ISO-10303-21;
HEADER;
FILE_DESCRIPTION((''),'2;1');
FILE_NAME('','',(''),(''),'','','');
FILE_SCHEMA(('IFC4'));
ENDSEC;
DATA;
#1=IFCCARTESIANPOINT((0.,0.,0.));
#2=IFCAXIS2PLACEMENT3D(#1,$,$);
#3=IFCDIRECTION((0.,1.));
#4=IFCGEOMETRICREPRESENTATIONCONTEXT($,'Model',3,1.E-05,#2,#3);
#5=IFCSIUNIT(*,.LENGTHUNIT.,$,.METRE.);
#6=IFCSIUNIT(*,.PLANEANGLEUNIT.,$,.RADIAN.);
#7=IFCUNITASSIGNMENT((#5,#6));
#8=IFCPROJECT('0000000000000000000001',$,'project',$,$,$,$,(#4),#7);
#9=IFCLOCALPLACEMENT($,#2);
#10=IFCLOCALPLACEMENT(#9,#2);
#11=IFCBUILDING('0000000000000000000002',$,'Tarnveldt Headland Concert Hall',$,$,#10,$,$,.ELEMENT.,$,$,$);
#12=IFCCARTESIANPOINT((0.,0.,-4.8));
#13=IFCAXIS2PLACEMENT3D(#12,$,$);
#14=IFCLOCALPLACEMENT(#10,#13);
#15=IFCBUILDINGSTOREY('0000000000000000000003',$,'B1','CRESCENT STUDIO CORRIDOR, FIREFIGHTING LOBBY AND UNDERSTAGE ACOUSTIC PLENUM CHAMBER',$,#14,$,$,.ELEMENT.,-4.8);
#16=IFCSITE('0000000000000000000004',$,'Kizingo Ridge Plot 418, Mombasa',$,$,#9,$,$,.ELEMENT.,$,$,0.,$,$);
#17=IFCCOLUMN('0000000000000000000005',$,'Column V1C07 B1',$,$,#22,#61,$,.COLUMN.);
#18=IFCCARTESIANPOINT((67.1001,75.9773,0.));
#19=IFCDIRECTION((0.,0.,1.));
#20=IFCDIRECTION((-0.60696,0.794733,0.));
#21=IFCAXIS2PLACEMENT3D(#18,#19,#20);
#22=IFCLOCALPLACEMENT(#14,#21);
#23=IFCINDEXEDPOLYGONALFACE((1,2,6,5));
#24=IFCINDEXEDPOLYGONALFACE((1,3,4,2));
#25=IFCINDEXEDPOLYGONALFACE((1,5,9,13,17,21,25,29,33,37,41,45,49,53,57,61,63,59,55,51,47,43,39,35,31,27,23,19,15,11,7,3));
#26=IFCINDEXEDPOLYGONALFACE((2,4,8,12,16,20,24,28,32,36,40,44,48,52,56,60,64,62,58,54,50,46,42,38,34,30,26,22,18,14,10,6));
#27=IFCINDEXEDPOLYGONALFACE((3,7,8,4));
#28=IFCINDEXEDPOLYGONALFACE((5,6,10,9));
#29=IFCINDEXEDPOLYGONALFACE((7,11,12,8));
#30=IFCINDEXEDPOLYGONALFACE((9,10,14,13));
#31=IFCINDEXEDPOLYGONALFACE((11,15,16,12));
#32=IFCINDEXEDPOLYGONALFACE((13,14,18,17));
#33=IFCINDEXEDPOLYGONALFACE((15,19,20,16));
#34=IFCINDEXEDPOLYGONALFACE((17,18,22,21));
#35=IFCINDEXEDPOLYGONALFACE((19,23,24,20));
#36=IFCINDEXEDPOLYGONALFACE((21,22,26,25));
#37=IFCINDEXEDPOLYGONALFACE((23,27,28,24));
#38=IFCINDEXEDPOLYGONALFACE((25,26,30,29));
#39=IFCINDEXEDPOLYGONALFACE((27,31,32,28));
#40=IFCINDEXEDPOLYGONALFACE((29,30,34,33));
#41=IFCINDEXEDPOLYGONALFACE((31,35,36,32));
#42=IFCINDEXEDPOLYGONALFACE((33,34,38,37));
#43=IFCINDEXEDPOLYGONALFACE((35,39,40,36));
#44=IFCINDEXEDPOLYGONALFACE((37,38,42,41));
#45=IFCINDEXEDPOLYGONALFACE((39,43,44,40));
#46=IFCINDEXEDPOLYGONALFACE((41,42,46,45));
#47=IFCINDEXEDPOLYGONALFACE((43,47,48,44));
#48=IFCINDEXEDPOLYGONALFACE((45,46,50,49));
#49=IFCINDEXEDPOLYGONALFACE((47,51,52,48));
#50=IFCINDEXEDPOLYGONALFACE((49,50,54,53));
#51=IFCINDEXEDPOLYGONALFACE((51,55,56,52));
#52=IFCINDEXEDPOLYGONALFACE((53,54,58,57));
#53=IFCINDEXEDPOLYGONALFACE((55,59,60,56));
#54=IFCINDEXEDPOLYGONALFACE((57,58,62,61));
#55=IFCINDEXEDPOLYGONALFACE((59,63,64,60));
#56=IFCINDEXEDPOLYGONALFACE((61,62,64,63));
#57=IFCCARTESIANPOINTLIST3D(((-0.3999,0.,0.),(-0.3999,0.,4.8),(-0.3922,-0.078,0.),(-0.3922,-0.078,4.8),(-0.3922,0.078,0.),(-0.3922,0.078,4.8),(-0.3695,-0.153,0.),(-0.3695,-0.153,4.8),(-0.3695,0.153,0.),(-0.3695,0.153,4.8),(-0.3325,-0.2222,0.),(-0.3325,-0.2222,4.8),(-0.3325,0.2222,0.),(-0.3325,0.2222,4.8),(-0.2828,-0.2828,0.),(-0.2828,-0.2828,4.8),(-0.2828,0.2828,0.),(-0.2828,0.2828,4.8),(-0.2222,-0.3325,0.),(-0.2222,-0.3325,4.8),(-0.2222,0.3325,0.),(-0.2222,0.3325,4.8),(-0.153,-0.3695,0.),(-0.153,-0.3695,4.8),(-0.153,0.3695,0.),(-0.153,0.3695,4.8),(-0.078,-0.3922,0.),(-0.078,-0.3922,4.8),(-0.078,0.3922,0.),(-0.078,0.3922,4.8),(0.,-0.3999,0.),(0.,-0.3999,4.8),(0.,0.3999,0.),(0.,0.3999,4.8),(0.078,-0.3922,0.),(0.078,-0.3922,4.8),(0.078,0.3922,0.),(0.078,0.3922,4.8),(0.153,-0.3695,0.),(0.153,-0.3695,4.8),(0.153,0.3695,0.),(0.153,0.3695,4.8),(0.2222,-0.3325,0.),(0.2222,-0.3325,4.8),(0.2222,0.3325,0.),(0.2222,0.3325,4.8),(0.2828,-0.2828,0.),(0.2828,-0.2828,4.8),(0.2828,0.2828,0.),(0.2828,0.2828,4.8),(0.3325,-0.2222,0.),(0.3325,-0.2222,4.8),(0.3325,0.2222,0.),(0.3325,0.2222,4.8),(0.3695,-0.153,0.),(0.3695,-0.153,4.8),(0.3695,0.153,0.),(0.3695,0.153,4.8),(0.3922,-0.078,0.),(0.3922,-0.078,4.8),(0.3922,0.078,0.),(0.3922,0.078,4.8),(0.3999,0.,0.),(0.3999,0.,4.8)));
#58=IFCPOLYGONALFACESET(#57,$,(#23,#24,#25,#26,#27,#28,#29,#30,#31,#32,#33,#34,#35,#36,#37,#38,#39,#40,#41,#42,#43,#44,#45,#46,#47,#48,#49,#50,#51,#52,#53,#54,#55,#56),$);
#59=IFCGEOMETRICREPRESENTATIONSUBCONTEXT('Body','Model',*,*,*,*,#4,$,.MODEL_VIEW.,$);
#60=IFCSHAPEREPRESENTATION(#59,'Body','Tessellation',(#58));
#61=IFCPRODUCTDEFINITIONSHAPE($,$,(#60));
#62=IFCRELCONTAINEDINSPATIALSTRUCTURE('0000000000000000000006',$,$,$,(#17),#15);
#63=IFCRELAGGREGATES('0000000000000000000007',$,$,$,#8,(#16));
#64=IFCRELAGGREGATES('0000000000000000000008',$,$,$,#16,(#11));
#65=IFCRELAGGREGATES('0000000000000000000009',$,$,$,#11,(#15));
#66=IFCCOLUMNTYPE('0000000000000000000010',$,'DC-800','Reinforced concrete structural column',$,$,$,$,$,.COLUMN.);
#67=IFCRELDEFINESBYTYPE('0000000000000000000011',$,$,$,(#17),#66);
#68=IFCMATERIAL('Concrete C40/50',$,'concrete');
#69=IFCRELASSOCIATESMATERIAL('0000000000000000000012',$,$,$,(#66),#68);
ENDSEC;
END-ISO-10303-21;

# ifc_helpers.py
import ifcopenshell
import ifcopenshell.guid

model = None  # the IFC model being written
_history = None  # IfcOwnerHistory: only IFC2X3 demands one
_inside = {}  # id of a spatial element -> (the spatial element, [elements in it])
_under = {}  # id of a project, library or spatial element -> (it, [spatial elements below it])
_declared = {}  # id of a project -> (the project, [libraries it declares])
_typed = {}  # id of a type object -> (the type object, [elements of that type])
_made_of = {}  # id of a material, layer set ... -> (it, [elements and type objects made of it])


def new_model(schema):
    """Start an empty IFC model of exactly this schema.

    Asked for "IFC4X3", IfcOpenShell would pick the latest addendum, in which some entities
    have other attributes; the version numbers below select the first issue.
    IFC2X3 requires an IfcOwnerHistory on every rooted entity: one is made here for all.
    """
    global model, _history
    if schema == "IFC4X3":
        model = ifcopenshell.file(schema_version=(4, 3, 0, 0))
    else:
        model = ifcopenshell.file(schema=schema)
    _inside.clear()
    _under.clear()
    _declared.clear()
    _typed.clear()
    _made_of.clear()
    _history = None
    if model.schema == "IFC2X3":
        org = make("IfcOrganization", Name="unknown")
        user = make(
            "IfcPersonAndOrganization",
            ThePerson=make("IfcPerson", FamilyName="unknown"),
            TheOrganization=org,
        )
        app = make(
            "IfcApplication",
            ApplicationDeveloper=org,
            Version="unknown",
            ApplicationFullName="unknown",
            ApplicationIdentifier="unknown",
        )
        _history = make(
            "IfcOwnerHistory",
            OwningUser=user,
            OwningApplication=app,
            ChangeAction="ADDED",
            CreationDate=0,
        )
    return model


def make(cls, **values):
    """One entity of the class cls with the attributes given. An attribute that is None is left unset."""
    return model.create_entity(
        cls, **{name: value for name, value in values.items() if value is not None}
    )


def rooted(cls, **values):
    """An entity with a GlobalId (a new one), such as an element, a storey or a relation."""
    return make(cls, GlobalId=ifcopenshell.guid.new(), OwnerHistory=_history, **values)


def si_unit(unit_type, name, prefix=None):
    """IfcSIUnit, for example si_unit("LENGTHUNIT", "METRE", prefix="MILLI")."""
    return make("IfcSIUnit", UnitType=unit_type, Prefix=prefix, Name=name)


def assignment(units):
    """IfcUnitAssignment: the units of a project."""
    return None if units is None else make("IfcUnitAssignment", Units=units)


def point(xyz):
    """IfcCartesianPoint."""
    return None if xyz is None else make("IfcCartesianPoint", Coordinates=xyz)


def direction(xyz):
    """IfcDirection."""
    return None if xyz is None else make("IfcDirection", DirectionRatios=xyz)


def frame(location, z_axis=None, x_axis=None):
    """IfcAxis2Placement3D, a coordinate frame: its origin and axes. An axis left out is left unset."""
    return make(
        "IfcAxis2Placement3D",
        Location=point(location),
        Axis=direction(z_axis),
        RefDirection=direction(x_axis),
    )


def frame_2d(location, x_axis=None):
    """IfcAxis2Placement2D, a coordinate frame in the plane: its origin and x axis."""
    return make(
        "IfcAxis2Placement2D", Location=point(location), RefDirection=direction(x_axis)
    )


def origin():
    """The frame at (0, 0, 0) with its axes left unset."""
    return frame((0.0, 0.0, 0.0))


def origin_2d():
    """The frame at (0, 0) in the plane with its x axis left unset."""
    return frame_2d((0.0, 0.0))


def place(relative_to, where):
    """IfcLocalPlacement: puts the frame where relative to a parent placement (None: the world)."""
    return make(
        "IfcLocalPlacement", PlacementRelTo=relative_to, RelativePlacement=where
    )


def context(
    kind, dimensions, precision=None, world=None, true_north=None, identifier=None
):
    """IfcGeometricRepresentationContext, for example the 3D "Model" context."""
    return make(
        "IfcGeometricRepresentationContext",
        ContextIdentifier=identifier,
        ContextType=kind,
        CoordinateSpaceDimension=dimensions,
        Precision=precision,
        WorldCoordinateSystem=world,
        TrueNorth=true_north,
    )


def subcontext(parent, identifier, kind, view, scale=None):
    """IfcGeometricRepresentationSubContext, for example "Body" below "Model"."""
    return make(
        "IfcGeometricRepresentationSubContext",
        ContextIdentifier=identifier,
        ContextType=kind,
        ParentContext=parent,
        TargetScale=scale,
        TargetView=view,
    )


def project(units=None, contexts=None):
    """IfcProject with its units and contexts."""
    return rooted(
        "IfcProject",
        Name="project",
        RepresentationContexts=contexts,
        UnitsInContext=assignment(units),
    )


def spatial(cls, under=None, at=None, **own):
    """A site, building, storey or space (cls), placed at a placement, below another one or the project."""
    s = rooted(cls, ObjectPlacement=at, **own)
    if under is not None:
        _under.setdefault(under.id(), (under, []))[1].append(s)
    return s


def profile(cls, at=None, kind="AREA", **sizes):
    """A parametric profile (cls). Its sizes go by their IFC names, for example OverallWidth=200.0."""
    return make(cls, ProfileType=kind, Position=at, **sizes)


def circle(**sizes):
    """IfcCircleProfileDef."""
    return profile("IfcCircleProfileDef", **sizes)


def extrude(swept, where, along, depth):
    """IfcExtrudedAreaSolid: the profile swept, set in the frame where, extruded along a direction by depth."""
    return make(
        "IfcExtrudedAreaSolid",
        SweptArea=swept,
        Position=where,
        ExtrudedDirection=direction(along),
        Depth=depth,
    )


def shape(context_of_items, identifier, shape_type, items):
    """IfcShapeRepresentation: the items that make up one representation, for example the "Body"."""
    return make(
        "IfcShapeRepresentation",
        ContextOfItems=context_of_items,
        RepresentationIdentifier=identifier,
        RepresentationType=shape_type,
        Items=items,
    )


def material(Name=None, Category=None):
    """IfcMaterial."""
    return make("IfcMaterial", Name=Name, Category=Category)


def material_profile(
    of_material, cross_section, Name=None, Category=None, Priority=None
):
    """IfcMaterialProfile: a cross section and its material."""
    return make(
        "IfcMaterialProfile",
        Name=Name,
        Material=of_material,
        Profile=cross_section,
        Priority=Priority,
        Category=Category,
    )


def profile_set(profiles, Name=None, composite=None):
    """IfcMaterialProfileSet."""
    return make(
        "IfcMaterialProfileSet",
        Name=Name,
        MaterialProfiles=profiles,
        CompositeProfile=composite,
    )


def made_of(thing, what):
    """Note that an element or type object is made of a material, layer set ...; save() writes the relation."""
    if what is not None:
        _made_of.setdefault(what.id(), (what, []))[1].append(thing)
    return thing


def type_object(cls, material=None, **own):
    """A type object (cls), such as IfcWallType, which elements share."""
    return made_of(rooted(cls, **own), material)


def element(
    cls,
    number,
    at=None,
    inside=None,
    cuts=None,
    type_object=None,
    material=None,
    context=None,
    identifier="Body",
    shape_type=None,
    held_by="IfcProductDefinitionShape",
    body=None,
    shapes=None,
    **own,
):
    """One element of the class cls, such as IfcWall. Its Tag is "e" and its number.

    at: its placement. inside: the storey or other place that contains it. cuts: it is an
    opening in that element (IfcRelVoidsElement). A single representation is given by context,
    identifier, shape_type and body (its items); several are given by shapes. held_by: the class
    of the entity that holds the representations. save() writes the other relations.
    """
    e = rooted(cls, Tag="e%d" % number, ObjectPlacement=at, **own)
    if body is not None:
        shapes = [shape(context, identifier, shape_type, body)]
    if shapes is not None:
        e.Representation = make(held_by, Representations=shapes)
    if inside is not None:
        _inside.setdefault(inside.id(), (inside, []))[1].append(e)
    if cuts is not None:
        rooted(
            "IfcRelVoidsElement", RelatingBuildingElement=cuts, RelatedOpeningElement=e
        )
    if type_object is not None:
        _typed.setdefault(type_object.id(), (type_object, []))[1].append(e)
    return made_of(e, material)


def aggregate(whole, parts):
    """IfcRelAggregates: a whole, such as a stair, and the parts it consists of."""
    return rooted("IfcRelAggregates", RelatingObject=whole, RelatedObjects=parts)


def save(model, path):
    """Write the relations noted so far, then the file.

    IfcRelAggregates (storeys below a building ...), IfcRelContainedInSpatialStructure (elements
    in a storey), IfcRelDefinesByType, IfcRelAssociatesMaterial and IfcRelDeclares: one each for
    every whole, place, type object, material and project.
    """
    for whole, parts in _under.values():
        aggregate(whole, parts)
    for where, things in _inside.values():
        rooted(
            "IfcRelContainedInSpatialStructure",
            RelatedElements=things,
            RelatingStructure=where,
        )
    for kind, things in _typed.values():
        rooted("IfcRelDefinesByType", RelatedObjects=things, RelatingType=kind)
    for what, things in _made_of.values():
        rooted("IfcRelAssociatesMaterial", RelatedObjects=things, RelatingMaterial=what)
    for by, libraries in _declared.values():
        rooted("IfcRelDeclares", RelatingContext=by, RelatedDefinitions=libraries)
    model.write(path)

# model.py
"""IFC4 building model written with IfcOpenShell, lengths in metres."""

from ifc_helpers import new_model, si_unit, direction, frame, origin, origin_2d, place, context, subcontext, project, spatial, circle, extrude, material, material_profile, profile_set, type_object, element, save


model = new_model("IFC4")

# Units and contexts
model_context = context("Model", 3, precision=1e-05, world=origin(), true_north=direction((0.0, 1.0)))
body_context = subcontext(model_context, "Body", "Model", "MODEL_VIEW")
ifc_project = project(units=[si_unit("LENGTHUNIT", "METRE"), si_unit("PLANEANGLEUNIT", "RADIAN")], contexts=[model_context])

# Site, building, storey
site_placement = place(None, origin())
site = spatial("IfcSite", under=ifc_project, at=site_placement, Name="Kizingo Ridge Plot 418, Mombasa", CompositionType="ELEMENT", RefElevation=0.0)
building_placement = place(site_placement, origin())
building = spatial("IfcBuilding", under=site, at=building_placement, Name="Tarnveldt Headland Concert Hall", CompositionType="ELEMENT")
storey_placement = place(building_placement, frame((0.0, 0.0, -4.8)))
storey = spatial("IfcBuildingStorey", under=building, at=storey_placement, Name="B1", Description="CRESCENT STUDIO CORRIDOR, FIREFIGHTING LOBBY AND UNDERSTAGE ACOUSTIC PLENUM CHAMBER", CompositionType="ELEMENT", Elevation=-4.8)

# Shared definitions
ifc_material_1 = material(Name="Concrete C40/50", Category="concrete")

# Column
ifc_material_profile_1 = material_profile(ifc_material_1, circle(Radius=0.3999, at=origin_2d()), Name="RC D800", Category="concrete")
ifc_profile_set_1 = profile_set([ifc_material_profile_1], Name="Concrete C40/50")
column_type_1 = type_object("IfcColumnType", Name="DC-800", Description="Reinforced concrete structural column", PredefinedType="COLUMN", material=ifc_profile_set_1)
column_placement = place(storey_placement, frame((67.1001, 75.9773, 0.0), z_axis=(0.0, 0.0, 1.0), x_axis=(-0.60696, 0.794733, 0.0)))
element("IfcColumn", 1, at=column_placement, inside=storey, type_object=column_type_1, Name="Column V1C07 B1", PredefinedType="COLUMN", context=body_context, shape_type="SweptSolid", body=[
    extrude(circle(Radius=0.3999, at=origin_2d()), origin(), (0.0, 0.0, 1.0), 4.8),
])

save(model, "model.ifc")
